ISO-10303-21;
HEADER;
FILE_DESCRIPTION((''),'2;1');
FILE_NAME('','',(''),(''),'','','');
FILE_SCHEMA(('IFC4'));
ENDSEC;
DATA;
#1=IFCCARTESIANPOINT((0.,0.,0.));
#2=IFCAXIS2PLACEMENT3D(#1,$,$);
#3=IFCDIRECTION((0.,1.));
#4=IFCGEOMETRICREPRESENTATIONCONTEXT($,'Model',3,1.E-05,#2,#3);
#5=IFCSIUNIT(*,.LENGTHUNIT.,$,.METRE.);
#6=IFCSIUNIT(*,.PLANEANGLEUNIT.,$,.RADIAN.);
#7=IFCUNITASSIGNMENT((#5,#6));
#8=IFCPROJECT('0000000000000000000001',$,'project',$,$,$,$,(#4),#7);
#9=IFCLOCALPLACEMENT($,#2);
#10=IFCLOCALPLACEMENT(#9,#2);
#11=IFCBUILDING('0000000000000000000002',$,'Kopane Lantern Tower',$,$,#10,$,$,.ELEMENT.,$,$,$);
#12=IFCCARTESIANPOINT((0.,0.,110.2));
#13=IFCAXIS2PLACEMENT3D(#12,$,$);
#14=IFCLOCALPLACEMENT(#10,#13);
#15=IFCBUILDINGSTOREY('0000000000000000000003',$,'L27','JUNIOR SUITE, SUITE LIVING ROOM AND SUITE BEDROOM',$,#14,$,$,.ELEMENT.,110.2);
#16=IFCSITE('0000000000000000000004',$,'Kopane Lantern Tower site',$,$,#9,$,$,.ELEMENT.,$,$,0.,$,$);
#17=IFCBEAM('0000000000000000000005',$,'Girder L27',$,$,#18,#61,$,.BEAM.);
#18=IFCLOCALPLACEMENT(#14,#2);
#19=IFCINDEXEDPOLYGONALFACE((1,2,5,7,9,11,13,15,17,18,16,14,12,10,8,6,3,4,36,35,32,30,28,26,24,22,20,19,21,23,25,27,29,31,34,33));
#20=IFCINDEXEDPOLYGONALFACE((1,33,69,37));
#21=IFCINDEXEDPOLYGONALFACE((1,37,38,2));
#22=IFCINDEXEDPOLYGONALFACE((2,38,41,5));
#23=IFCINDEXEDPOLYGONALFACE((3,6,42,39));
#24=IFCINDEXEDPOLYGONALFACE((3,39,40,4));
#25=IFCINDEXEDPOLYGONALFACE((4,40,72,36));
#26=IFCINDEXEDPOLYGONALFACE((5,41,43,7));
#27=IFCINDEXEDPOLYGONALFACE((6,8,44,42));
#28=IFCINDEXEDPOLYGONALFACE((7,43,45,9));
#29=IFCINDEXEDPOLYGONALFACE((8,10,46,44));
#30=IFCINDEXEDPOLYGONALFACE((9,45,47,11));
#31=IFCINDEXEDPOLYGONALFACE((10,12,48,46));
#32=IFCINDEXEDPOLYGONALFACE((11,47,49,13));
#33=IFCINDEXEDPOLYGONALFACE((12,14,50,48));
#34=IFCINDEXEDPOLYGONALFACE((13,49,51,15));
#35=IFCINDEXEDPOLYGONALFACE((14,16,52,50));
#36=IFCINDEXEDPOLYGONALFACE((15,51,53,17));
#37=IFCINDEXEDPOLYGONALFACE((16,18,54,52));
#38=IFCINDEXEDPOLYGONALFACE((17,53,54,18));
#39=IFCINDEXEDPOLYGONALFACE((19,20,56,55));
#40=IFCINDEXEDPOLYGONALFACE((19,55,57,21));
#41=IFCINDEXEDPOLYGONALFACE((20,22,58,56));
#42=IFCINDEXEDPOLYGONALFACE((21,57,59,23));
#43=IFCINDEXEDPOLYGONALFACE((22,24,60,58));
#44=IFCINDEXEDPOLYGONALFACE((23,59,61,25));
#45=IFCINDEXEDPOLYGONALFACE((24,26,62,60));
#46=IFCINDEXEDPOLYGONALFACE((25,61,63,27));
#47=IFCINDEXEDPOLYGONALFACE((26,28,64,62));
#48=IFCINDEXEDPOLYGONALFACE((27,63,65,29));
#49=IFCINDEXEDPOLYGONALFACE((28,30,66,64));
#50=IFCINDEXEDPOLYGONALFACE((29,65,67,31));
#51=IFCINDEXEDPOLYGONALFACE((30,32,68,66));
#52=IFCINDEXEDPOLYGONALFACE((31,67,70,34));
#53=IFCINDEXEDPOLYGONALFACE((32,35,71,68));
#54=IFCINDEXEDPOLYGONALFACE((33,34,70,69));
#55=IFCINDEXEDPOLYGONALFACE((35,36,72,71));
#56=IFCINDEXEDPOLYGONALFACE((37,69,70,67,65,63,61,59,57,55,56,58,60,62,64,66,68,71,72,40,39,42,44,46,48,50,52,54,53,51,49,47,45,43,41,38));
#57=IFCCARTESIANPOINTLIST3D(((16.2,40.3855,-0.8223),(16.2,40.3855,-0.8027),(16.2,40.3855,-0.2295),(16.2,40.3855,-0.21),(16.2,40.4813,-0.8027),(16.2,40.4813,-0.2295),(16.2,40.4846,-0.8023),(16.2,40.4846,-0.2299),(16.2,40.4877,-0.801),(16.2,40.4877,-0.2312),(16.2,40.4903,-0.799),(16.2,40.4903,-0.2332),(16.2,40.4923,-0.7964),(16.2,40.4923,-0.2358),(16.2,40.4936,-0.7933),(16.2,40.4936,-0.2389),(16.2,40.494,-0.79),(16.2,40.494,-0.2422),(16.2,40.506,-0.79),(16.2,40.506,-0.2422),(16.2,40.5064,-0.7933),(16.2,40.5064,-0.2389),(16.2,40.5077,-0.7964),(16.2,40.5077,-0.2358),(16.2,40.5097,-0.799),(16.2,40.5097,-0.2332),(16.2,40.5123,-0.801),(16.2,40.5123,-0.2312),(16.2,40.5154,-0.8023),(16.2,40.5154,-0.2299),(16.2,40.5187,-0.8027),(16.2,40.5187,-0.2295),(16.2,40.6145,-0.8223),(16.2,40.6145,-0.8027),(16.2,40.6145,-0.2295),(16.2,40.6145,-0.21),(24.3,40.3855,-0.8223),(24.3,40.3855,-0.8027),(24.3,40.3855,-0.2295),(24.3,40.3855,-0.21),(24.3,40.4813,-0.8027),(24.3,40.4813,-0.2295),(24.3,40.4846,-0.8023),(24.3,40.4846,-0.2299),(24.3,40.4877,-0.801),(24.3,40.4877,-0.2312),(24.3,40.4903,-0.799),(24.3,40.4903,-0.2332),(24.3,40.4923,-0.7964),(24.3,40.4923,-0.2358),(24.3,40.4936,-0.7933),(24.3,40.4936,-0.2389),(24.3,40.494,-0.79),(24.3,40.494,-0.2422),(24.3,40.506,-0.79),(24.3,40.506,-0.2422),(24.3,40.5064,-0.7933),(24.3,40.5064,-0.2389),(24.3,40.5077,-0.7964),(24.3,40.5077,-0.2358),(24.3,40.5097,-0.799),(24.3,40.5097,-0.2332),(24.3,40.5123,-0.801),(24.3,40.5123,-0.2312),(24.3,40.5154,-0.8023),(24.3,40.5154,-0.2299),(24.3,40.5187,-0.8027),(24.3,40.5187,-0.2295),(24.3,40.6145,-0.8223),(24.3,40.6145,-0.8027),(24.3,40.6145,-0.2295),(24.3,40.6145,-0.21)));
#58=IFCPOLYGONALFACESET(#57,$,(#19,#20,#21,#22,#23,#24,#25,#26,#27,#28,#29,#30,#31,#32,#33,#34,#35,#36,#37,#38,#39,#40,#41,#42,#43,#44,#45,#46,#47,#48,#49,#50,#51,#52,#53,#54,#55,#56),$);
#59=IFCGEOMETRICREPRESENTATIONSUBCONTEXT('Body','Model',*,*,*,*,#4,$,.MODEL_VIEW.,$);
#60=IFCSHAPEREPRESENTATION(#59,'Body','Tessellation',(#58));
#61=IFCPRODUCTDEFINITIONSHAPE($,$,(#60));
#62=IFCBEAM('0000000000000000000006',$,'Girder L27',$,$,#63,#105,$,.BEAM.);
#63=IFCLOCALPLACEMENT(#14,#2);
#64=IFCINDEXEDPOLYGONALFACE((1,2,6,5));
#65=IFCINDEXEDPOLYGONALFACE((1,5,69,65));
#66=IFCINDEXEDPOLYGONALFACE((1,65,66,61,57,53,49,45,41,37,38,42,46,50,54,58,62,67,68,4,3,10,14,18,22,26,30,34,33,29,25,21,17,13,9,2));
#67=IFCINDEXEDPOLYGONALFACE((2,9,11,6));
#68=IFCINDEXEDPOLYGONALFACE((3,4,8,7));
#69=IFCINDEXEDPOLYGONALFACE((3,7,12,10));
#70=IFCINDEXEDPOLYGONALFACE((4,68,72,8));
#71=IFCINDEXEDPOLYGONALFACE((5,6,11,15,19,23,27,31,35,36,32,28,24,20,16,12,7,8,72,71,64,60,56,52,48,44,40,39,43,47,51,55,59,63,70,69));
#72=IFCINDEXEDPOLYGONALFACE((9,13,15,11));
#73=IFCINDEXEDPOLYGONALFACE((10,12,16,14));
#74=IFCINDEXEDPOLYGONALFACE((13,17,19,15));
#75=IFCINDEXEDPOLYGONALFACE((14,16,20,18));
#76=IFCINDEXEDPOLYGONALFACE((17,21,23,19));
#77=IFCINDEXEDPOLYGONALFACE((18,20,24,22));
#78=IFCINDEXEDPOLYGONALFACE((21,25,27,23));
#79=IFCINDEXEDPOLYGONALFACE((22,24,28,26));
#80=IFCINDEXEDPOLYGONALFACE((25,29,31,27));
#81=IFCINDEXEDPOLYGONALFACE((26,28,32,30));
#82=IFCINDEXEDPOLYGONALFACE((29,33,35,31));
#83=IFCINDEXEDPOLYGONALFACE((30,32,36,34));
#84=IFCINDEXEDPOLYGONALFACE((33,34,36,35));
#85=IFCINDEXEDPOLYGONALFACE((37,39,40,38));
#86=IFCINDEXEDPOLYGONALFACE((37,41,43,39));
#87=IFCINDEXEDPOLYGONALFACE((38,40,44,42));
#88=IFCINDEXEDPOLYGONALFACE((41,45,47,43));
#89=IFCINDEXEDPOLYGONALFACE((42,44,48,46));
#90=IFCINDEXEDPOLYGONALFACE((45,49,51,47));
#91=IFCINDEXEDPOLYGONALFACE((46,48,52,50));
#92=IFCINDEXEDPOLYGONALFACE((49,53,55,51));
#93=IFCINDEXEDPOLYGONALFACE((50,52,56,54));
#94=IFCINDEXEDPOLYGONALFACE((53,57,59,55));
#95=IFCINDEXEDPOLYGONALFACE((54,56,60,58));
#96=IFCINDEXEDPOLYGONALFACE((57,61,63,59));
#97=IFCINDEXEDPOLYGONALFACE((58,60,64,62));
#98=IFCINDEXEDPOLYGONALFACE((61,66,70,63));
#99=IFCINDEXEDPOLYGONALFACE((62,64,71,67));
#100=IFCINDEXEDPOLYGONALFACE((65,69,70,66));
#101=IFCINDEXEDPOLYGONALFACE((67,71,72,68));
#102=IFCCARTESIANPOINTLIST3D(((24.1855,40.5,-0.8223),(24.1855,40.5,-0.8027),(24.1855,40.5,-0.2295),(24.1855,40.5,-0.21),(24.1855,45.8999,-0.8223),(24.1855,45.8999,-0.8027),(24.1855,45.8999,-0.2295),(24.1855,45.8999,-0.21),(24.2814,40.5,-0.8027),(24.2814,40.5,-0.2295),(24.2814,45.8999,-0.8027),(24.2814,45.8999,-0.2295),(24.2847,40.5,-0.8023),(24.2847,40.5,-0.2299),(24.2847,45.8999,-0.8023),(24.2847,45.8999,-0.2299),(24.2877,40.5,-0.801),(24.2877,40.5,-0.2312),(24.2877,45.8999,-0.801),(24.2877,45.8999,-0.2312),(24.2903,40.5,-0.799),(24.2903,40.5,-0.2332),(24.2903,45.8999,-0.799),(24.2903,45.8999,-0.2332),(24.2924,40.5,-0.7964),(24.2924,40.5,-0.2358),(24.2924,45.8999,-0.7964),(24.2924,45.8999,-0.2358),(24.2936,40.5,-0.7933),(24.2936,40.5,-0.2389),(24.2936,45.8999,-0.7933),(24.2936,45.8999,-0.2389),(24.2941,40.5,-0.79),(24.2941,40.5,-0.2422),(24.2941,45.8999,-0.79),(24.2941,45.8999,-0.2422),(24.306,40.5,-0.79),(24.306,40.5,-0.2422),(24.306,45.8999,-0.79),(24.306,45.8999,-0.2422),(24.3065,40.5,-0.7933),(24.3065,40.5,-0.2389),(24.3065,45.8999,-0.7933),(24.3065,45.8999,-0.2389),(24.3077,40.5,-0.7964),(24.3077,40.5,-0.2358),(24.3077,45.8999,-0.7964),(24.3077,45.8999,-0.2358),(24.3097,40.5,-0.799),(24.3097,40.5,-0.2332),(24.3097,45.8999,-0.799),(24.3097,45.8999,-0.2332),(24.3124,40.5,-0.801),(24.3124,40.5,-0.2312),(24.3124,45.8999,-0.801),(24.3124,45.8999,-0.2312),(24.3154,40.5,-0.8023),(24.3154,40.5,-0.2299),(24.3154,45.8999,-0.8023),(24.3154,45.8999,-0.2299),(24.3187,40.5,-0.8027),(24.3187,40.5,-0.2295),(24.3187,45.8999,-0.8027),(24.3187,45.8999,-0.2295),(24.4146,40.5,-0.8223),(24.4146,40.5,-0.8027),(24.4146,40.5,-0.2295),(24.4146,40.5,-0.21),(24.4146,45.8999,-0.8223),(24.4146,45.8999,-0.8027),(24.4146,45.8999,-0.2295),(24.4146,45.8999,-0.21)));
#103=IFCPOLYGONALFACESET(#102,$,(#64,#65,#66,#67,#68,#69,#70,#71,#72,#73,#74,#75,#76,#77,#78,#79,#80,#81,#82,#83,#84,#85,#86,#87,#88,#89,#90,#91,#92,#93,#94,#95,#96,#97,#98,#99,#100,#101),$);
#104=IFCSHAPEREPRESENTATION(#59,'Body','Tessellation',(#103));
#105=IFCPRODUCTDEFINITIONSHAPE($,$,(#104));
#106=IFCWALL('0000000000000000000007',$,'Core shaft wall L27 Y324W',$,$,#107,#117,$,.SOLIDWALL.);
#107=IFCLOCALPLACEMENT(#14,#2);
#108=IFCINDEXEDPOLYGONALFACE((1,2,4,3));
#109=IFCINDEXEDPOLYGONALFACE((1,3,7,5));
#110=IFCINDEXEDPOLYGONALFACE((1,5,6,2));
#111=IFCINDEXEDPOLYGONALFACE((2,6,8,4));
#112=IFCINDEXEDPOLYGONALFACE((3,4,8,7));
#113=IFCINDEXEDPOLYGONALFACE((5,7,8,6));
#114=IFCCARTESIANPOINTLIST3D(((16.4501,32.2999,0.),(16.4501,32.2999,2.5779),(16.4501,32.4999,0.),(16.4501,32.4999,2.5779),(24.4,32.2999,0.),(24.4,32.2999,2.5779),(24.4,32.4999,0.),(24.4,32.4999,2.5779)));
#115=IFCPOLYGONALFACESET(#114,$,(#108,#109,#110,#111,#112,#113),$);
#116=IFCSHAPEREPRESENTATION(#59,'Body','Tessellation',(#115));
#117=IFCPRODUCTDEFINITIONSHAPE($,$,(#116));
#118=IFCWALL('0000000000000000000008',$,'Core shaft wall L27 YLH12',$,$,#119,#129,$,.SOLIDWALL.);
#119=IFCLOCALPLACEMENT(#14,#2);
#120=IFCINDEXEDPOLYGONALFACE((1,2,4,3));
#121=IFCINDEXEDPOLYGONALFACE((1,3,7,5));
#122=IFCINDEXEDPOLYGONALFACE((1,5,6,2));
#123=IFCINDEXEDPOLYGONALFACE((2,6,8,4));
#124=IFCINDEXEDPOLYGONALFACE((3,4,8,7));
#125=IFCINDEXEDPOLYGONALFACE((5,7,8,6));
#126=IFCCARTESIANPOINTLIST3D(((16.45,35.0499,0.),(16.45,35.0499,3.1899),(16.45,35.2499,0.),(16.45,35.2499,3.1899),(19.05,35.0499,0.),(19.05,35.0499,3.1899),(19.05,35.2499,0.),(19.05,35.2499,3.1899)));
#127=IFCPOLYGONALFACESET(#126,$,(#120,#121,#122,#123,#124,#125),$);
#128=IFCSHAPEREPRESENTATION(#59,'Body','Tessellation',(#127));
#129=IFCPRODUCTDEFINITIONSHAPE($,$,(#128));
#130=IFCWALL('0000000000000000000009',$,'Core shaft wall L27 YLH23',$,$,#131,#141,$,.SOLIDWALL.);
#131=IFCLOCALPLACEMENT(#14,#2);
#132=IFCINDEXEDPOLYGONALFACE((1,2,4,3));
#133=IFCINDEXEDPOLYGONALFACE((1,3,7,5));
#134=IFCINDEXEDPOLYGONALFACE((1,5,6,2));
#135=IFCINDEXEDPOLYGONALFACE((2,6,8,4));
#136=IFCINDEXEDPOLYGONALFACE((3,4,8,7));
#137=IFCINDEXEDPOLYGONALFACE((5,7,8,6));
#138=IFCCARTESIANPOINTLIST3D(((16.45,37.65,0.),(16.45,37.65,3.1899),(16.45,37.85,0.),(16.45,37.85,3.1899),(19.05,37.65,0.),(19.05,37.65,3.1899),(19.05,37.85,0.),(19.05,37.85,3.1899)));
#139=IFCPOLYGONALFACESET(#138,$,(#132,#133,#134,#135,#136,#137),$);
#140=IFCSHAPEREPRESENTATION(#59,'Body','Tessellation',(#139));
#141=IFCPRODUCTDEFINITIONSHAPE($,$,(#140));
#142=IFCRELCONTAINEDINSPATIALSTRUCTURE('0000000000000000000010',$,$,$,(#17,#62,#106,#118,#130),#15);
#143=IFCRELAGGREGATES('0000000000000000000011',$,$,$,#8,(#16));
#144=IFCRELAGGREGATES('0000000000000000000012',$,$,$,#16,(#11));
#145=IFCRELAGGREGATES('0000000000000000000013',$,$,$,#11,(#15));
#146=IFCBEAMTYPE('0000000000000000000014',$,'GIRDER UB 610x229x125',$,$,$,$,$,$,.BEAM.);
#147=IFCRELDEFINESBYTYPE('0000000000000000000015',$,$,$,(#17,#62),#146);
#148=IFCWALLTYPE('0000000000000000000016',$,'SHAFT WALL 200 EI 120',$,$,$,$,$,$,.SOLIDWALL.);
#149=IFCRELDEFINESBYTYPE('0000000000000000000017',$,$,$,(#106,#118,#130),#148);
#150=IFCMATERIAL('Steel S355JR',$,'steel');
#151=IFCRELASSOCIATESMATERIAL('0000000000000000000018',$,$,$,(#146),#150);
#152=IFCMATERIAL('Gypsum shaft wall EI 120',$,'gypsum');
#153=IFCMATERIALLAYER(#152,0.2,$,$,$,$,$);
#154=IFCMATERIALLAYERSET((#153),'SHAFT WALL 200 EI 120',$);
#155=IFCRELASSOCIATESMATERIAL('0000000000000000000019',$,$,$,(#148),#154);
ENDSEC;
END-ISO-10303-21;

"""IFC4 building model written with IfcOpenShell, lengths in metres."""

from ifc_helpers import new_model, si_unit, direction, frame, frame_2d, origin, origin_2d, place, context, subcontext, project, spatial, rectangle, i_section, extrude, material, layer, layer_set, material_profile, profile_set, type_object, element, save


model = new_model("IFC4")

# Units and contexts
model_context = context("Model", 3, precision=1e-05, world=origin(), true_north=direction((0.0, 1.0)))
body_context = subcontext(model_context, "Body", "Model", "MODEL_VIEW")
ifc_project = project(units=[si_unit("LENGTHUNIT", "METRE"), si_unit("PLANEANGLEUNIT", "RADIAN")], contexts=[model_context])

# Site, building, storey
site_placement = place(None, origin())
site = spatial("IfcSite", under=ifc_project, at=site_placement, Name="Kopane Lantern Tower site", CompositionType="ELEMENT", RefElevation=0.0)
building_placement = place(site_placement, origin())
building = spatial("IfcBuilding", under=site, at=building_placement, Name="Kopane Lantern Tower", CompositionType="ELEMENT")
storey_placement = place(building_placement, frame((0.0, 0.0, 110.2)))
storey = spatial("IfcBuildingStorey", under=building, at=storey_placement, Name="L27", Description="JUNIOR SUITE, SUITE LIVING ROOM AND SUITE BEDROOM", CompositionType="ELEMENT", Elevation=110.2)

# Beams
ifc_material_1 = material(Name="Steel S355JR", Category="steel")
ifc_material_profile_1 = material_profile(ifc_material_1, i_section(OverallWidth=0.229, OverallDepth=0.6123, WebThickness=0.012, FlangeThickness=0.0195, FilletRadius=0.0127, at=origin_2d()), Name="UB 610x229x125")
ifc_profile_set_1 = profile_set([ifc_material_profile_1], Name="Steel S355JR")
beam_type_1 = type_object("IfcBeamType", Name="GIRDER UB 610x229x125", PredefinedType="BEAM", material=ifc_profile_set_1)
beam_1_placement = place(storey_placement, frame((16.2, 40.5, -0.5161), z_axis=(1.0, 0.0, 0.0), x_axis=(0.0, 1.0, 0.0)))
element("IfcBeam", 1, at=beam_1_placement, inside=storey, type_object=beam_type_1, Name="Girder L27", PredefinedType="BEAM", context=body_context, shape_type="SweptSolid", body=[
    extrude(i_section(OverallWidth=0.229, OverallDepth=0.6123, WebThickness=0.012, FlangeThickness=0.0195, FilletRadius=0.0127, at=origin_2d()), origin(), (0.0, 0.0, 1.0), 8.1001),
])
beam_2_placement = place(storey_placement, frame((24.3, 40.5, -0.5161), z_axis=(0.0, 1.0, 0.0), x_axis=(-1.0, 0.0, 0.0)))
element("IfcBeam", 2, at=beam_2_placement, inside=storey, type_object=beam_type_1, Name="Girder L27", PredefinedType="BEAM", context=body_context, shape_type="SweptSolid", body=[
    extrude(i_section(OverallWidth=0.229, OverallDepth=0.6123, WebThickness=0.012, FlangeThickness=0.0195, FilletRadius=0.0127, at=origin_2d()), origin(), (0.0, 0.0, 1.0), 5.3999),
])

# Walls
ifc_material_2 = material(Name="Gypsum shaft wall EI 120", Category="gypsum")
ifc_layer_1 = layer(ifc_material_2, 0.2)
ifc_layer_set_1 = layer_set([ifc_layer_1], Name="SHAFT WALL 200 EI 120")
wall_type_1 = type_object("IfcWallType", Name="SHAFT WALL 200 EI 120", PredefinedType="SOLIDWALL", material=ifc_layer_set_1)
wall_1_placement = place(storey_placement, frame((16.45, 32.3999, 0.0), z_axis=(0.0, 0.0, 1.0), x_axis=(1.0, 0.0, 0.0)))
element("IfcWall", 3, at=wall_1_placement, inside=storey, type_object=wall_type_1, Name="Core shaft wall L27 Y324W", PredefinedType="SOLIDWALL", context=body_context, shape_type="SweptSolid", body=[
    extrude(rectangle(XDim=7.95, YDim=0.2, at=frame_2d((3.9751, 0.0))), origin(), (0.0, 0.0, 1.0), 2.5779),
])
for number, where, z_axis, x_axis, name in (
    (4, (16.45, 35.1499, 0.0), (0.0, 0.0, 1.0), (1.0, 0.0, 0.0), "Core shaft wall L27 YLH12"),
    (5, (16.45, 37.75, 0.0), (0.0, 0.0, 1.0), (1.0, 0.0, 0.0), "Core shaft wall L27 YLH23"),
):
    element("IfcWall", number, at=place(storey_placement, frame(where, z_axis=z_axis, x_axis=x_axis)), inside=storey, type_object=wall_type_1, Name=name, PredefinedType="SOLIDWALL", context=body_context, shape_type="SweptSolid", body=[
        extrude(rectangle(XDim=2.6001, YDim=0.2, at=frame_2d((1.3, 0.0))), origin(), (0.0, 0.0, 1.0), 3.1899),
    ])

save(model, "model.ifc")
